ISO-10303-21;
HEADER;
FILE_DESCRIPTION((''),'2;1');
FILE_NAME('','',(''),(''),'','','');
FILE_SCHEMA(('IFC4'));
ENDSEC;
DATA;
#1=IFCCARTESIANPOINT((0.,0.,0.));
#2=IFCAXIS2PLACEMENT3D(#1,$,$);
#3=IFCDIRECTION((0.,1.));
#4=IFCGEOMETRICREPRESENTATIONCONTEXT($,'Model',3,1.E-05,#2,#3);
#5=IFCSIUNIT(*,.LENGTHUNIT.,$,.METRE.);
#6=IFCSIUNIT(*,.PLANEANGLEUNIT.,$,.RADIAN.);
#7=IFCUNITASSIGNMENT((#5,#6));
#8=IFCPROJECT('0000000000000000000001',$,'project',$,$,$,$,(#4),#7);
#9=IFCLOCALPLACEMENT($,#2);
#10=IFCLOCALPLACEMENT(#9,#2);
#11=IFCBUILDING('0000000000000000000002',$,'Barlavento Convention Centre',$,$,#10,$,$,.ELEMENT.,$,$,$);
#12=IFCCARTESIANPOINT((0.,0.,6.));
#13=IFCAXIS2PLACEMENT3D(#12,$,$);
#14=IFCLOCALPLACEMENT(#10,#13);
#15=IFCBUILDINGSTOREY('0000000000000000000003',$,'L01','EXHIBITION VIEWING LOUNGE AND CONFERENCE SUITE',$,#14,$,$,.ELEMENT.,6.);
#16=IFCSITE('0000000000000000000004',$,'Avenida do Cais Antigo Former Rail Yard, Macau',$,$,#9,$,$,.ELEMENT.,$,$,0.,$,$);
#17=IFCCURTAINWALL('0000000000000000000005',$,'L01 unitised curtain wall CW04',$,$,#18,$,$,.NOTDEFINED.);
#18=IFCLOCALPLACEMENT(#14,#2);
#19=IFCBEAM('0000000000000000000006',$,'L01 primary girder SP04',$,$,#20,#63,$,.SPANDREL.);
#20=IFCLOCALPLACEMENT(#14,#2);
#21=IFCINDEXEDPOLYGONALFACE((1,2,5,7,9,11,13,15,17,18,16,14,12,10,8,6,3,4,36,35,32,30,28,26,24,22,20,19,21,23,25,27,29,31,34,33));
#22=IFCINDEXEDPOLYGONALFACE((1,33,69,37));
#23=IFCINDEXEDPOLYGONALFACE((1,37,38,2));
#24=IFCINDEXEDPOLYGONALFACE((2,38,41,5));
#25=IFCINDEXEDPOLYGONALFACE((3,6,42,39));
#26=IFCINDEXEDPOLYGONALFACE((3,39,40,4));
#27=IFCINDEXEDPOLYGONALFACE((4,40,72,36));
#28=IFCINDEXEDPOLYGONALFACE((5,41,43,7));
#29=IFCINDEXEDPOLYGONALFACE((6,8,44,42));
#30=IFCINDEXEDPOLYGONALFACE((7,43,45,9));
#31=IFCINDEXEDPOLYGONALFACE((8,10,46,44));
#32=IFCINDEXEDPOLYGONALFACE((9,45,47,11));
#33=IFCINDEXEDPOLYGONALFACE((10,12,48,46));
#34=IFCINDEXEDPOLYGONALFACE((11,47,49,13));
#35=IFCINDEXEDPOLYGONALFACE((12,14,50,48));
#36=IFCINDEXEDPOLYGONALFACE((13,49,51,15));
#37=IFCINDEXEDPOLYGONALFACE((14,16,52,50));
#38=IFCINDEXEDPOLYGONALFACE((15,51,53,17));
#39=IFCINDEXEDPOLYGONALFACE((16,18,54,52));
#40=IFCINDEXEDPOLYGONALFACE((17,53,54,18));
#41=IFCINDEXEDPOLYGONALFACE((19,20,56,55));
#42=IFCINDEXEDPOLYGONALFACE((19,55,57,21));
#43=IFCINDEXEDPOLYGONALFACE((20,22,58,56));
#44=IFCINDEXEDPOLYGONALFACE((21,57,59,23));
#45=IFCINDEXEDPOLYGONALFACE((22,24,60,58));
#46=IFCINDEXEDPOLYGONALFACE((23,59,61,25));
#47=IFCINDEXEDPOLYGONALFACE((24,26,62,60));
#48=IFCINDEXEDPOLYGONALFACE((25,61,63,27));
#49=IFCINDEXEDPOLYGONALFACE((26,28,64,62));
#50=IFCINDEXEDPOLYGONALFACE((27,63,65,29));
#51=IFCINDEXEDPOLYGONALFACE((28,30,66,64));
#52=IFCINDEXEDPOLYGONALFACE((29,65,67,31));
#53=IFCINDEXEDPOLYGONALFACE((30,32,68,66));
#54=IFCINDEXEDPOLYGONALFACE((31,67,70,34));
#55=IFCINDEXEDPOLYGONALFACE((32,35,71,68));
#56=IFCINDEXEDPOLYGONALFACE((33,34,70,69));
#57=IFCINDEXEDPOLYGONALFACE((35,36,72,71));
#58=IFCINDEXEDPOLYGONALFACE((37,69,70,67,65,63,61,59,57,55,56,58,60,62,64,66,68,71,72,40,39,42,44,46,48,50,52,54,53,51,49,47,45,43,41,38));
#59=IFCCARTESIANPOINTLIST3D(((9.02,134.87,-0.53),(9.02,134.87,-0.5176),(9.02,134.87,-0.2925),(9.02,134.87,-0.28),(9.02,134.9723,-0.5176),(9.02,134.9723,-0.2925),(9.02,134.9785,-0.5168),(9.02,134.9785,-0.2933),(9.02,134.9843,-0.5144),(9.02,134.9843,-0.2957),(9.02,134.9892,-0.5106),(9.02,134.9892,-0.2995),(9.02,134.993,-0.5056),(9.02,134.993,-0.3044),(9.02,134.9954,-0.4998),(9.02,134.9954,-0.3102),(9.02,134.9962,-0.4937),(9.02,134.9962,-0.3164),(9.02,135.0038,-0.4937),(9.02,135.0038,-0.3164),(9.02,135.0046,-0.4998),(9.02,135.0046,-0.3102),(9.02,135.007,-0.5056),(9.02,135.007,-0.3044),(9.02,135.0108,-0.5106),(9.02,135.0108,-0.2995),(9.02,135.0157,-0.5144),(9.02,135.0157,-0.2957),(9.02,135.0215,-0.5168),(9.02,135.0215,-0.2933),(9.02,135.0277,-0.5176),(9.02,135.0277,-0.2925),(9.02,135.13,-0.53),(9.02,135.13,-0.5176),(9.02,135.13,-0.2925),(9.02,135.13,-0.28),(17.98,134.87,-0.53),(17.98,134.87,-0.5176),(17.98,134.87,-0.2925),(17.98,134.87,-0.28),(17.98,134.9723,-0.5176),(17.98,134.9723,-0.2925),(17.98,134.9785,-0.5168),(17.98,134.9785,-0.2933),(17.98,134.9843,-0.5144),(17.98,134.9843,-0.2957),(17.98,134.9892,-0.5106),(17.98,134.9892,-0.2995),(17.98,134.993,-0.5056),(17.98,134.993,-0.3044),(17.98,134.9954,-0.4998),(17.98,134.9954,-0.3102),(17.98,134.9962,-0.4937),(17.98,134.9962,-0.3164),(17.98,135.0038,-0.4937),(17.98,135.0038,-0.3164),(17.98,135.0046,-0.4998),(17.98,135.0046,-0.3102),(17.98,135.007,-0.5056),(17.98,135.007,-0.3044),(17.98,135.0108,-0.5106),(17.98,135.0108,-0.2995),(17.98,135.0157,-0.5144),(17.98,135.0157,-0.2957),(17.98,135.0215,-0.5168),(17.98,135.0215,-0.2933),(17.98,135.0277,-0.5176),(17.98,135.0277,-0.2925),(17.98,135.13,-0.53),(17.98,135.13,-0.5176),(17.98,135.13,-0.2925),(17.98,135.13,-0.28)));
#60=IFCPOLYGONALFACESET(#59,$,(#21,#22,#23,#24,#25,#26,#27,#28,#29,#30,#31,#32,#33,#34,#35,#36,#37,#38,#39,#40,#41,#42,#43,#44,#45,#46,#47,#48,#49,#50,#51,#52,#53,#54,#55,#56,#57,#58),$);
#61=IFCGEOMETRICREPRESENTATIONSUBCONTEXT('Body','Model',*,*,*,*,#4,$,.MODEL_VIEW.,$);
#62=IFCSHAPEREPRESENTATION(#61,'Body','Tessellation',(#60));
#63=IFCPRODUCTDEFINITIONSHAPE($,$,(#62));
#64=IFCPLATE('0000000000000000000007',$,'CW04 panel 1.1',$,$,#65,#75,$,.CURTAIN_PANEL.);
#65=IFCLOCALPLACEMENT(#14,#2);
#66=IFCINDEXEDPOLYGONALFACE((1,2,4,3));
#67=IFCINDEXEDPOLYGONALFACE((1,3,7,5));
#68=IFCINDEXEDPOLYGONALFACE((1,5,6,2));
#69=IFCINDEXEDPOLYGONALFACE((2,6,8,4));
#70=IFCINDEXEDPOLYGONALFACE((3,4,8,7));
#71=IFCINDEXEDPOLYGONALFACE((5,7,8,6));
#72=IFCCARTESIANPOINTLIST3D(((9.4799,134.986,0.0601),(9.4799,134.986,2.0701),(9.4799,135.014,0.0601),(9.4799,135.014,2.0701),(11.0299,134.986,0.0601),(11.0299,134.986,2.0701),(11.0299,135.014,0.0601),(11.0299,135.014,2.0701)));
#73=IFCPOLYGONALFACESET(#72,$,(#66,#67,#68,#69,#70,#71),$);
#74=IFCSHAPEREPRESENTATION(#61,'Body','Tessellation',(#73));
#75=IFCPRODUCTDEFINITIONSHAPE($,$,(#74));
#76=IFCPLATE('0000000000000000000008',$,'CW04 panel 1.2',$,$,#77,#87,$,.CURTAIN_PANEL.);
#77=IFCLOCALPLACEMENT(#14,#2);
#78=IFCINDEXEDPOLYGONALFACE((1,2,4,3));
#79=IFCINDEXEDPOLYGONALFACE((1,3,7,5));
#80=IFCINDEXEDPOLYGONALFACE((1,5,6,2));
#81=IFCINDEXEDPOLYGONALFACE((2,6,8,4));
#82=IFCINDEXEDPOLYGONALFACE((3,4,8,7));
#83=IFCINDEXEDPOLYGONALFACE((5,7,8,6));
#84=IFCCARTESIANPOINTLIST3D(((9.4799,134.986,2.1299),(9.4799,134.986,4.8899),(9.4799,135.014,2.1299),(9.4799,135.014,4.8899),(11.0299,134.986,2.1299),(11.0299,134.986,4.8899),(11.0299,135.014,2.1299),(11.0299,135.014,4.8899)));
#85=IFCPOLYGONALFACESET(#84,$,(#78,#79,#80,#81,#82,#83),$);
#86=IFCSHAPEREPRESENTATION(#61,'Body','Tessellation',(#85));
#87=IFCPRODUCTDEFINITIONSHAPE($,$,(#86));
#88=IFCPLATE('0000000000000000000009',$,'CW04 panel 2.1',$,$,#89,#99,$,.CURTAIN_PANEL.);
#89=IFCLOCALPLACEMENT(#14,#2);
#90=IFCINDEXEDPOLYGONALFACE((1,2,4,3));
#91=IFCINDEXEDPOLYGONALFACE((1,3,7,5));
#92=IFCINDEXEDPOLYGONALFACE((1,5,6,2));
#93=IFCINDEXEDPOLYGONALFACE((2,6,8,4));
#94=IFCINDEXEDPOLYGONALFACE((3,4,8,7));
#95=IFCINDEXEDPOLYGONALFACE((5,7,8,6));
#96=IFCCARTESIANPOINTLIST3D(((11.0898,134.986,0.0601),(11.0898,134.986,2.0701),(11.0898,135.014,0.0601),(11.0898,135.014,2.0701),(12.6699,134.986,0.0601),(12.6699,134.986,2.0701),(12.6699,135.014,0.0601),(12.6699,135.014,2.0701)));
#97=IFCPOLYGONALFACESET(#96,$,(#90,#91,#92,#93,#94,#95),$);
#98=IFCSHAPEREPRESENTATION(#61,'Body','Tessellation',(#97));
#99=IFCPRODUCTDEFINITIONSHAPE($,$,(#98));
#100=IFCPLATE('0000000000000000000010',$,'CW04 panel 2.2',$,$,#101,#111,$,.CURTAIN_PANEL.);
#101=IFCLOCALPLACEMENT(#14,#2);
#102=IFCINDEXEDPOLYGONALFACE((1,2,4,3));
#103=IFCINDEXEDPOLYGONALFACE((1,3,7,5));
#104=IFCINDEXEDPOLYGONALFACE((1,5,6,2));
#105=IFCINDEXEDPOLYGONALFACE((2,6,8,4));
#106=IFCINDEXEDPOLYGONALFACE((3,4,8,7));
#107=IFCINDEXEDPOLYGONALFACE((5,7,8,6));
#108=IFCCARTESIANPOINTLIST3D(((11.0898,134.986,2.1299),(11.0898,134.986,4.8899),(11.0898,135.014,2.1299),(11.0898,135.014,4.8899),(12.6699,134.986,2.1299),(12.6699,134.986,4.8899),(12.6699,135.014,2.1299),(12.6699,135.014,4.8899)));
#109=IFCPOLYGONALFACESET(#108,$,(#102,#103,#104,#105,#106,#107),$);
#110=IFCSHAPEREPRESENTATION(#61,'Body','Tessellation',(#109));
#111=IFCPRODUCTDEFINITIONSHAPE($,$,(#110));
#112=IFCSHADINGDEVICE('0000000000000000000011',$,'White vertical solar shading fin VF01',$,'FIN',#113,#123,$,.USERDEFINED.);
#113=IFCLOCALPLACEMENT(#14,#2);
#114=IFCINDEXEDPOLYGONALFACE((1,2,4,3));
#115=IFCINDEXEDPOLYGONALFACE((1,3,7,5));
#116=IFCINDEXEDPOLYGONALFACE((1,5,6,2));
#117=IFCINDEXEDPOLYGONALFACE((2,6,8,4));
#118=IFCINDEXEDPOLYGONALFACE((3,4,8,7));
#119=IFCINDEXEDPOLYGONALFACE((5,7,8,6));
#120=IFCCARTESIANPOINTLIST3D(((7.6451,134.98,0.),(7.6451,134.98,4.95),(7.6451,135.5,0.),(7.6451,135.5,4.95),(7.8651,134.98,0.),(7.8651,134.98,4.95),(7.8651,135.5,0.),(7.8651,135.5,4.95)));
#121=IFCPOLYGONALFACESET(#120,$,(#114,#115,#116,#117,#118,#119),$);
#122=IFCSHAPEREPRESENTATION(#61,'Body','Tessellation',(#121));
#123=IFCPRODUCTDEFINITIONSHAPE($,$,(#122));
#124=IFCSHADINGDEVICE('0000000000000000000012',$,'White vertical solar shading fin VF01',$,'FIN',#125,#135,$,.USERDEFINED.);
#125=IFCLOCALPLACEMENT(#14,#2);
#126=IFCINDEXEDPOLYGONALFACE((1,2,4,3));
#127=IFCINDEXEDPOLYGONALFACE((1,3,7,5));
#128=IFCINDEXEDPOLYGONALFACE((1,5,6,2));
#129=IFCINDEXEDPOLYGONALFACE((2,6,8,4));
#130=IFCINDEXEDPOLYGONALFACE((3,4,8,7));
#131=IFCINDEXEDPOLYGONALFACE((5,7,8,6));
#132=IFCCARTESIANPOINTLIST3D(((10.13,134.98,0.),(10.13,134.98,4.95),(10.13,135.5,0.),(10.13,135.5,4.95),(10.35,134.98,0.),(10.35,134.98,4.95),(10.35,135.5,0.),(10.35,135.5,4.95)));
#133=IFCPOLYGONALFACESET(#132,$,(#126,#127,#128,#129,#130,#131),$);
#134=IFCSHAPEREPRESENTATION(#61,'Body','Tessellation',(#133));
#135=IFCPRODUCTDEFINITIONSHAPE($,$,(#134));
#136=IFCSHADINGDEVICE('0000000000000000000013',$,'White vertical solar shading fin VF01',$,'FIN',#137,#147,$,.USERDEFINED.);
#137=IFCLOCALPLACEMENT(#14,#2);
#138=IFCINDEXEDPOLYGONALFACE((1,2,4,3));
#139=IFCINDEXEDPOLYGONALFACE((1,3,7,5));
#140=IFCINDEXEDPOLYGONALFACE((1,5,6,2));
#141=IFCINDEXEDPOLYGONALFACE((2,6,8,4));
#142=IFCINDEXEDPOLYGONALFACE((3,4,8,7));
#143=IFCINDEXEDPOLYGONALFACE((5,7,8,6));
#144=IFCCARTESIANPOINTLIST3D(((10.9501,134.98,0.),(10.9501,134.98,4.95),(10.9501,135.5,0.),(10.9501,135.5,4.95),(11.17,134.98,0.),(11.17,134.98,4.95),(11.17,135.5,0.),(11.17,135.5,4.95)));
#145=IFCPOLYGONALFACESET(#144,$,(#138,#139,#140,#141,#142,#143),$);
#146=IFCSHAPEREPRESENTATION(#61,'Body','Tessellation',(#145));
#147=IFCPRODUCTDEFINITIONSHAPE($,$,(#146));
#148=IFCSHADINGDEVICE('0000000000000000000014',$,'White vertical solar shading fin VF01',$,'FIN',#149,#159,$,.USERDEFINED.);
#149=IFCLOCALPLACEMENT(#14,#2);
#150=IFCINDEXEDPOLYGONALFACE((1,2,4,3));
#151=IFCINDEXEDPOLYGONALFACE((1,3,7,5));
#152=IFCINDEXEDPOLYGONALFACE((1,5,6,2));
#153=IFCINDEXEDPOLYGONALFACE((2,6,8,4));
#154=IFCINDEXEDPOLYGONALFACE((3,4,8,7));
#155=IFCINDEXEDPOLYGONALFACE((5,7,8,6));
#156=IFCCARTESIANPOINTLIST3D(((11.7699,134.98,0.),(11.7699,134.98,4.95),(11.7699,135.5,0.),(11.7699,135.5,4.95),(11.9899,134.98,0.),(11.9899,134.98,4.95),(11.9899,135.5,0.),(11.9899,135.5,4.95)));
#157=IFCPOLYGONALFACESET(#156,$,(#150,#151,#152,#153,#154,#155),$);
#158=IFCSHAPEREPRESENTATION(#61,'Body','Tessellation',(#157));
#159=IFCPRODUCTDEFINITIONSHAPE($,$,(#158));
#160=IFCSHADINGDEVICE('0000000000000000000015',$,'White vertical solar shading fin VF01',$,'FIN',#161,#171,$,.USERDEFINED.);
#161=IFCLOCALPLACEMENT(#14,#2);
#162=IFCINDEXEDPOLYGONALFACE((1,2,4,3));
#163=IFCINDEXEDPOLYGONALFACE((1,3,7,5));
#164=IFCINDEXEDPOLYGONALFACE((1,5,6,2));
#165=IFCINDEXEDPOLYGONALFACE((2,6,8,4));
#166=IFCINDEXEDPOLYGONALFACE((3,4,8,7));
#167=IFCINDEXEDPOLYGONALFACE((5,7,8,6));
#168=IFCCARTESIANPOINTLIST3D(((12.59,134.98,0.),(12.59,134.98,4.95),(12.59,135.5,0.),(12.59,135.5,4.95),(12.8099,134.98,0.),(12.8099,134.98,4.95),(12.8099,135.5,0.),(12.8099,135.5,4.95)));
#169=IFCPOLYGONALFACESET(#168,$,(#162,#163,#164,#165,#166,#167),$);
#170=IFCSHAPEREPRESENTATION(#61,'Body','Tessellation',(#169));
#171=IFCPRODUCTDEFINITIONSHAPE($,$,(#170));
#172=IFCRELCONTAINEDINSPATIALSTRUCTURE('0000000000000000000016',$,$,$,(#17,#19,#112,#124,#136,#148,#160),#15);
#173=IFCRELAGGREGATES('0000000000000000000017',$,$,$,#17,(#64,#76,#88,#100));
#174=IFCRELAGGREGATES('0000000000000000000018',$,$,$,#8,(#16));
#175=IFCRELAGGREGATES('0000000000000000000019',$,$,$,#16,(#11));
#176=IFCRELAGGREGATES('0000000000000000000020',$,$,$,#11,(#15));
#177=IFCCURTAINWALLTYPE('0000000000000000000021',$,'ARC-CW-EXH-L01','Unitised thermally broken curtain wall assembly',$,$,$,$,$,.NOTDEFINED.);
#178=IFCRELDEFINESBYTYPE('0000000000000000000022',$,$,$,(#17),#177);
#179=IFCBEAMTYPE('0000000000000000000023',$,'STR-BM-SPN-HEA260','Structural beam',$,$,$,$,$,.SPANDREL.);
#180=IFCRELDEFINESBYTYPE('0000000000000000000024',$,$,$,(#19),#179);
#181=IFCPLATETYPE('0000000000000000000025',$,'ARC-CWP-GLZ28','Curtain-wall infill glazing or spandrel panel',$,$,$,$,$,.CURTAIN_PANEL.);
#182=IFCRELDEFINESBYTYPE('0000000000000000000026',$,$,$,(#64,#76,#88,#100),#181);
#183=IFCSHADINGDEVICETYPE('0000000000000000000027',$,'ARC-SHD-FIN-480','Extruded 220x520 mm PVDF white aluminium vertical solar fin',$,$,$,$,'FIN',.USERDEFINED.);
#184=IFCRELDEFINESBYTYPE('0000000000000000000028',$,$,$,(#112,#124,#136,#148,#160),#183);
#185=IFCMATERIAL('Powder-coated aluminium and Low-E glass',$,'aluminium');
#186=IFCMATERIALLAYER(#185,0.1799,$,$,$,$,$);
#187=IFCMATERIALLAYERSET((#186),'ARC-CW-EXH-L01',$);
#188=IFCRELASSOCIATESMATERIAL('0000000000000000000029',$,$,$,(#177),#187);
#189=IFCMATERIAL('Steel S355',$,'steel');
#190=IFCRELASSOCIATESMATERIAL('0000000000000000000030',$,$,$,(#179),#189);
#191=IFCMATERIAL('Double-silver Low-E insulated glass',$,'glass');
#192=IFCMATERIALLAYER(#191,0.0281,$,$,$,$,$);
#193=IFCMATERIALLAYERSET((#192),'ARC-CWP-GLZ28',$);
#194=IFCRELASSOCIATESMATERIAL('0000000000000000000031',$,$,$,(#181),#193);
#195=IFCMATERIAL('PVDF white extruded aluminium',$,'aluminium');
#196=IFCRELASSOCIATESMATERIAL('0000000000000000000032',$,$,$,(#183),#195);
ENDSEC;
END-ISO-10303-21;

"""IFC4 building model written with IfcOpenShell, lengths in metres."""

from ifc_helpers import new_model, si_unit, direction, frame, origin, origin_2d, place, context, subcontext, project, spatial, rectangle, i_section, extrude, material, layer, layer_set, material_profile, profile_set, type_object, element, aggregate, save


model = new_model("IFC4")

# Units and contexts
model_context = context("Model", 3, precision=1e-05, world=origin(), true_north=direction((0.0, 1.0)))
body_context = subcontext(model_context, "Body", "Model", "MODEL_VIEW")
ifc_project = project(units=[si_unit("LENGTHUNIT", "METRE"), si_unit("PLANEANGLEUNIT", "RADIAN")], contexts=[model_context])

# Site, building, storey
site_placement = place(None, origin())
site = spatial("IfcSite", under=ifc_project, at=site_placement, Name="Avenida do Cais Antigo Former Rail Yard, Macau", CompositionType="ELEMENT", RefElevation=0.0)
building_placement = place(site_placement, origin())
building = spatial("IfcBuilding", under=site, at=building_placement, Name="Barlavento Convention Centre", CompositionType="ELEMENT")
storey_placement = place(building_placement, frame((0.0, 0.0, 6.0)))
storey = spatial("IfcBuildingStorey", under=building, at=storey_placement, Name="L01", Description="EXHIBITION VIEWING LOUNGE AND CONFERENCE SUITE", CompositionType="ELEMENT", Elevation=6.0)

# Shared definitions
ifc_material_1 = material(Name="Powder-coated aluminium and Low-E glass", Category="aluminium")
ifc_layer_1 = layer(ifc_material_1, 0.1799)
ifc_layer_set_1 = layer_set([ifc_layer_1], Name="ARC-CW-EXH-L01")
curtain_wall_type = type_object("IfcCurtainWallType", Name="ARC-CW-EXH-L01", Description="Unitised thermally broken curtain wall assembly", PredefinedType="NOTDEFINED", material=ifc_layer_set_1)

# Curtain wall
curtain_wall_1_placement = place(storey_placement, origin())
curtain_wall_1 = element("IfcCurtainWall", 1, at=curtain_wall_1_placement, inside=storey, type_object=curtain_wall_type, Name="L01 unitised curtain wall CW04", PredefinedType="NOTDEFINED")

# Beam
ifc_material_2 = material(Name="Steel S355", Category="steel")
ifc_material_profile_1 = material_profile(ifc_material_2, i_section(OverallWidth=0.26, OverallDepth=0.25, WebThickness=0.0076, FlangeThickness=0.0125, FilletRadius=0.0239, at=origin_2d()), Name="HEA 260")
ifc_profile_set_1 = profile_set([ifc_material_profile_1], Name="Steel S355")
beam_type = type_object("IfcBeamType", Name="STR-BM-SPN-HEA260", Description="Structural beam", PredefinedType="SPANDREL", material=ifc_profile_set_1)
beam_placement = place(storey_placement, frame((9.02, 135.0, -0.405), z_axis=(1.0, 0.0, 0.0), x_axis=(0.0, 1.0, 0.0)))
element("IfcBeam", 2, at=beam_placement, inside=storey, type_object=beam_type, Name="L01 primary girder SP04", PredefinedType="SPANDREL", context=body_context, shape_type="SweptSolid", body=[
    extrude(i_section(OverallWidth=0.26, OverallDepth=0.25, WebThickness=0.0076, FlangeThickness=0.0125, FilletRadius=0.0239, at=origin_2d()), origin(), (0.0, 0.0, 1.0), 8.96),
])

# Plates
ifc_material_3 = material(Name="Double-silver Low-E insulated glass", Category="glass")
ifc_layer_2 = layer(ifc_material_3, 0.0281)
ifc_layer_set_2 = layer_set([ifc_layer_2], Name="ARC-CWP-GLZ28")
plate_type = type_object("IfcPlateType", Name="ARC-CWP-GLZ28", Description="Curtain-wall infill glazing or spandrel panel", PredefinedType="CURTAIN_PANEL", material=ifc_layer_set_2)
plate_1_placement = place(storey_placement, frame((10.2549, 135.0, 0.0601), z_axis=(0.0, 0.0, 1.0), x_axis=(1.0, 0.0, 0.0)))
plate_1 = element("IfcPlate", 3, at=plate_1_placement, type_object=plate_type, Name="CW04 panel 1.1", PredefinedType="CURTAIN_PANEL", context=body_context, shape_type="SweptSolid", body=[
    extrude(rectangle(XDim=1.55, YDim=0.0281, at=origin_2d()), origin(), (0.0, 0.0, 1.0), 2.01),
])
plate_2_placement = place(storey_placement, frame((10.2549, 135.0, 2.1299), z_axis=(0.0, 0.0, 1.0), x_axis=(1.0, 0.0, 0.0)))
plate_2 = element("IfcPlate", 4, at=plate_2_placement, type_object=plate_type, Name="CW04 panel 1.2", PredefinedType="CURTAIN_PANEL", context=body_context, shape_type="SweptSolid", body=[
    extrude(rectangle(XDim=1.55, YDim=0.0281, at=origin_2d()), origin(), (0.0, 0.0, 1.0), 2.76),
])
plate_3_placement = place(storey_placement, frame((11.8799, 135.0, 0.0601), z_axis=(0.0, 0.0, 1.0), x_axis=(1.0, 0.0, 0.0)))
plate_3 = element("IfcPlate", 5, at=plate_3_placement, type_object=plate_type, Name="CW04 panel 2.1", PredefinedType="CURTAIN_PANEL", context=body_context, shape_type="SweptSolid", body=[
    extrude(rectangle(XDim=1.5801, YDim=0.0281, at=origin_2d()), origin(), (0.0, 0.0, 1.0), 2.01),
])
plate_4_placement = place(storey_placement, frame((11.8799, 135.0, 2.1299), z_axis=(0.0, 0.0, 1.0), x_axis=(1.0, 0.0, 0.0)))
plate_4 = element("IfcPlate", 6, at=plate_4_placement, type_object=plate_type, Name="CW04 panel 2.2", PredefinedType="CURTAIN_PANEL", context=body_context, shape_type="SweptSolid", body=[
    extrude(rectangle(XDim=1.5801, YDim=0.0281, at=origin_2d()), origin(), (0.0, 0.0, 1.0), 2.76),
])
aggregate(curtain_wall_1, [plate_1, plate_2, plate_3, plate_4])

# Shading devices
ifc_material_4 = material(Name="PVDF white extruded aluminium", Category="aluminium")
shading_device_type = type_object("IfcShadingDeviceType", Name="ARC-SHD-FIN-480", Description="Extruded 220x520 mm PVDF white aluminium vertical solar fin", ElementType="FIN", PredefinedType="USERDEFINED", material=ifc_material_4)
for number, where, z_axis, x_axis, name in (
    (7, (7.7551, 135.24, 0.0), (0.0, 0.0, 1.0), (1.0, 0.0, 0.0), "White vertical solar shading fin VF01"),
    (8, (10.24, 135.24, 0.0), (0.0, 0.0, 1.0), (1.0, 0.0, 0.0), "White vertical solar shading fin VF01"),
    (9, (11.0601, 135.24, 0.0), (0.0, 0.0, 1.0), (1.0, 0.0, 0.0), "White vertical solar shading fin VF01"),
    (10, (11.8799, 135.24, 0.0), (0.0, 0.0, 1.0), (1.0, 0.0, 0.0), "White vertical solar shading fin VF01"),
    (11, (12.7, 135.24, 0.0), (0.0, 0.0, 1.0), (1.0, 0.0, 0.0), "White vertical solar shading fin VF01"),
):
    element("IfcShadingDevice", number, at=place(storey_placement, frame(where, z_axis=z_axis, x_axis=x_axis)), inside=storey, type_object=shading_device_type, Name=name, ObjectType="FIN", PredefinedType="USERDEFINED", context=body_context, shape_type="SweptSolid", body=[
        extrude(rectangle(XDim=0.22, YDim=0.52, at=origin_2d()), origin(), (0.0, 0.0, 1.0), 4.95),
    ])

save(model, "model.ifc")
